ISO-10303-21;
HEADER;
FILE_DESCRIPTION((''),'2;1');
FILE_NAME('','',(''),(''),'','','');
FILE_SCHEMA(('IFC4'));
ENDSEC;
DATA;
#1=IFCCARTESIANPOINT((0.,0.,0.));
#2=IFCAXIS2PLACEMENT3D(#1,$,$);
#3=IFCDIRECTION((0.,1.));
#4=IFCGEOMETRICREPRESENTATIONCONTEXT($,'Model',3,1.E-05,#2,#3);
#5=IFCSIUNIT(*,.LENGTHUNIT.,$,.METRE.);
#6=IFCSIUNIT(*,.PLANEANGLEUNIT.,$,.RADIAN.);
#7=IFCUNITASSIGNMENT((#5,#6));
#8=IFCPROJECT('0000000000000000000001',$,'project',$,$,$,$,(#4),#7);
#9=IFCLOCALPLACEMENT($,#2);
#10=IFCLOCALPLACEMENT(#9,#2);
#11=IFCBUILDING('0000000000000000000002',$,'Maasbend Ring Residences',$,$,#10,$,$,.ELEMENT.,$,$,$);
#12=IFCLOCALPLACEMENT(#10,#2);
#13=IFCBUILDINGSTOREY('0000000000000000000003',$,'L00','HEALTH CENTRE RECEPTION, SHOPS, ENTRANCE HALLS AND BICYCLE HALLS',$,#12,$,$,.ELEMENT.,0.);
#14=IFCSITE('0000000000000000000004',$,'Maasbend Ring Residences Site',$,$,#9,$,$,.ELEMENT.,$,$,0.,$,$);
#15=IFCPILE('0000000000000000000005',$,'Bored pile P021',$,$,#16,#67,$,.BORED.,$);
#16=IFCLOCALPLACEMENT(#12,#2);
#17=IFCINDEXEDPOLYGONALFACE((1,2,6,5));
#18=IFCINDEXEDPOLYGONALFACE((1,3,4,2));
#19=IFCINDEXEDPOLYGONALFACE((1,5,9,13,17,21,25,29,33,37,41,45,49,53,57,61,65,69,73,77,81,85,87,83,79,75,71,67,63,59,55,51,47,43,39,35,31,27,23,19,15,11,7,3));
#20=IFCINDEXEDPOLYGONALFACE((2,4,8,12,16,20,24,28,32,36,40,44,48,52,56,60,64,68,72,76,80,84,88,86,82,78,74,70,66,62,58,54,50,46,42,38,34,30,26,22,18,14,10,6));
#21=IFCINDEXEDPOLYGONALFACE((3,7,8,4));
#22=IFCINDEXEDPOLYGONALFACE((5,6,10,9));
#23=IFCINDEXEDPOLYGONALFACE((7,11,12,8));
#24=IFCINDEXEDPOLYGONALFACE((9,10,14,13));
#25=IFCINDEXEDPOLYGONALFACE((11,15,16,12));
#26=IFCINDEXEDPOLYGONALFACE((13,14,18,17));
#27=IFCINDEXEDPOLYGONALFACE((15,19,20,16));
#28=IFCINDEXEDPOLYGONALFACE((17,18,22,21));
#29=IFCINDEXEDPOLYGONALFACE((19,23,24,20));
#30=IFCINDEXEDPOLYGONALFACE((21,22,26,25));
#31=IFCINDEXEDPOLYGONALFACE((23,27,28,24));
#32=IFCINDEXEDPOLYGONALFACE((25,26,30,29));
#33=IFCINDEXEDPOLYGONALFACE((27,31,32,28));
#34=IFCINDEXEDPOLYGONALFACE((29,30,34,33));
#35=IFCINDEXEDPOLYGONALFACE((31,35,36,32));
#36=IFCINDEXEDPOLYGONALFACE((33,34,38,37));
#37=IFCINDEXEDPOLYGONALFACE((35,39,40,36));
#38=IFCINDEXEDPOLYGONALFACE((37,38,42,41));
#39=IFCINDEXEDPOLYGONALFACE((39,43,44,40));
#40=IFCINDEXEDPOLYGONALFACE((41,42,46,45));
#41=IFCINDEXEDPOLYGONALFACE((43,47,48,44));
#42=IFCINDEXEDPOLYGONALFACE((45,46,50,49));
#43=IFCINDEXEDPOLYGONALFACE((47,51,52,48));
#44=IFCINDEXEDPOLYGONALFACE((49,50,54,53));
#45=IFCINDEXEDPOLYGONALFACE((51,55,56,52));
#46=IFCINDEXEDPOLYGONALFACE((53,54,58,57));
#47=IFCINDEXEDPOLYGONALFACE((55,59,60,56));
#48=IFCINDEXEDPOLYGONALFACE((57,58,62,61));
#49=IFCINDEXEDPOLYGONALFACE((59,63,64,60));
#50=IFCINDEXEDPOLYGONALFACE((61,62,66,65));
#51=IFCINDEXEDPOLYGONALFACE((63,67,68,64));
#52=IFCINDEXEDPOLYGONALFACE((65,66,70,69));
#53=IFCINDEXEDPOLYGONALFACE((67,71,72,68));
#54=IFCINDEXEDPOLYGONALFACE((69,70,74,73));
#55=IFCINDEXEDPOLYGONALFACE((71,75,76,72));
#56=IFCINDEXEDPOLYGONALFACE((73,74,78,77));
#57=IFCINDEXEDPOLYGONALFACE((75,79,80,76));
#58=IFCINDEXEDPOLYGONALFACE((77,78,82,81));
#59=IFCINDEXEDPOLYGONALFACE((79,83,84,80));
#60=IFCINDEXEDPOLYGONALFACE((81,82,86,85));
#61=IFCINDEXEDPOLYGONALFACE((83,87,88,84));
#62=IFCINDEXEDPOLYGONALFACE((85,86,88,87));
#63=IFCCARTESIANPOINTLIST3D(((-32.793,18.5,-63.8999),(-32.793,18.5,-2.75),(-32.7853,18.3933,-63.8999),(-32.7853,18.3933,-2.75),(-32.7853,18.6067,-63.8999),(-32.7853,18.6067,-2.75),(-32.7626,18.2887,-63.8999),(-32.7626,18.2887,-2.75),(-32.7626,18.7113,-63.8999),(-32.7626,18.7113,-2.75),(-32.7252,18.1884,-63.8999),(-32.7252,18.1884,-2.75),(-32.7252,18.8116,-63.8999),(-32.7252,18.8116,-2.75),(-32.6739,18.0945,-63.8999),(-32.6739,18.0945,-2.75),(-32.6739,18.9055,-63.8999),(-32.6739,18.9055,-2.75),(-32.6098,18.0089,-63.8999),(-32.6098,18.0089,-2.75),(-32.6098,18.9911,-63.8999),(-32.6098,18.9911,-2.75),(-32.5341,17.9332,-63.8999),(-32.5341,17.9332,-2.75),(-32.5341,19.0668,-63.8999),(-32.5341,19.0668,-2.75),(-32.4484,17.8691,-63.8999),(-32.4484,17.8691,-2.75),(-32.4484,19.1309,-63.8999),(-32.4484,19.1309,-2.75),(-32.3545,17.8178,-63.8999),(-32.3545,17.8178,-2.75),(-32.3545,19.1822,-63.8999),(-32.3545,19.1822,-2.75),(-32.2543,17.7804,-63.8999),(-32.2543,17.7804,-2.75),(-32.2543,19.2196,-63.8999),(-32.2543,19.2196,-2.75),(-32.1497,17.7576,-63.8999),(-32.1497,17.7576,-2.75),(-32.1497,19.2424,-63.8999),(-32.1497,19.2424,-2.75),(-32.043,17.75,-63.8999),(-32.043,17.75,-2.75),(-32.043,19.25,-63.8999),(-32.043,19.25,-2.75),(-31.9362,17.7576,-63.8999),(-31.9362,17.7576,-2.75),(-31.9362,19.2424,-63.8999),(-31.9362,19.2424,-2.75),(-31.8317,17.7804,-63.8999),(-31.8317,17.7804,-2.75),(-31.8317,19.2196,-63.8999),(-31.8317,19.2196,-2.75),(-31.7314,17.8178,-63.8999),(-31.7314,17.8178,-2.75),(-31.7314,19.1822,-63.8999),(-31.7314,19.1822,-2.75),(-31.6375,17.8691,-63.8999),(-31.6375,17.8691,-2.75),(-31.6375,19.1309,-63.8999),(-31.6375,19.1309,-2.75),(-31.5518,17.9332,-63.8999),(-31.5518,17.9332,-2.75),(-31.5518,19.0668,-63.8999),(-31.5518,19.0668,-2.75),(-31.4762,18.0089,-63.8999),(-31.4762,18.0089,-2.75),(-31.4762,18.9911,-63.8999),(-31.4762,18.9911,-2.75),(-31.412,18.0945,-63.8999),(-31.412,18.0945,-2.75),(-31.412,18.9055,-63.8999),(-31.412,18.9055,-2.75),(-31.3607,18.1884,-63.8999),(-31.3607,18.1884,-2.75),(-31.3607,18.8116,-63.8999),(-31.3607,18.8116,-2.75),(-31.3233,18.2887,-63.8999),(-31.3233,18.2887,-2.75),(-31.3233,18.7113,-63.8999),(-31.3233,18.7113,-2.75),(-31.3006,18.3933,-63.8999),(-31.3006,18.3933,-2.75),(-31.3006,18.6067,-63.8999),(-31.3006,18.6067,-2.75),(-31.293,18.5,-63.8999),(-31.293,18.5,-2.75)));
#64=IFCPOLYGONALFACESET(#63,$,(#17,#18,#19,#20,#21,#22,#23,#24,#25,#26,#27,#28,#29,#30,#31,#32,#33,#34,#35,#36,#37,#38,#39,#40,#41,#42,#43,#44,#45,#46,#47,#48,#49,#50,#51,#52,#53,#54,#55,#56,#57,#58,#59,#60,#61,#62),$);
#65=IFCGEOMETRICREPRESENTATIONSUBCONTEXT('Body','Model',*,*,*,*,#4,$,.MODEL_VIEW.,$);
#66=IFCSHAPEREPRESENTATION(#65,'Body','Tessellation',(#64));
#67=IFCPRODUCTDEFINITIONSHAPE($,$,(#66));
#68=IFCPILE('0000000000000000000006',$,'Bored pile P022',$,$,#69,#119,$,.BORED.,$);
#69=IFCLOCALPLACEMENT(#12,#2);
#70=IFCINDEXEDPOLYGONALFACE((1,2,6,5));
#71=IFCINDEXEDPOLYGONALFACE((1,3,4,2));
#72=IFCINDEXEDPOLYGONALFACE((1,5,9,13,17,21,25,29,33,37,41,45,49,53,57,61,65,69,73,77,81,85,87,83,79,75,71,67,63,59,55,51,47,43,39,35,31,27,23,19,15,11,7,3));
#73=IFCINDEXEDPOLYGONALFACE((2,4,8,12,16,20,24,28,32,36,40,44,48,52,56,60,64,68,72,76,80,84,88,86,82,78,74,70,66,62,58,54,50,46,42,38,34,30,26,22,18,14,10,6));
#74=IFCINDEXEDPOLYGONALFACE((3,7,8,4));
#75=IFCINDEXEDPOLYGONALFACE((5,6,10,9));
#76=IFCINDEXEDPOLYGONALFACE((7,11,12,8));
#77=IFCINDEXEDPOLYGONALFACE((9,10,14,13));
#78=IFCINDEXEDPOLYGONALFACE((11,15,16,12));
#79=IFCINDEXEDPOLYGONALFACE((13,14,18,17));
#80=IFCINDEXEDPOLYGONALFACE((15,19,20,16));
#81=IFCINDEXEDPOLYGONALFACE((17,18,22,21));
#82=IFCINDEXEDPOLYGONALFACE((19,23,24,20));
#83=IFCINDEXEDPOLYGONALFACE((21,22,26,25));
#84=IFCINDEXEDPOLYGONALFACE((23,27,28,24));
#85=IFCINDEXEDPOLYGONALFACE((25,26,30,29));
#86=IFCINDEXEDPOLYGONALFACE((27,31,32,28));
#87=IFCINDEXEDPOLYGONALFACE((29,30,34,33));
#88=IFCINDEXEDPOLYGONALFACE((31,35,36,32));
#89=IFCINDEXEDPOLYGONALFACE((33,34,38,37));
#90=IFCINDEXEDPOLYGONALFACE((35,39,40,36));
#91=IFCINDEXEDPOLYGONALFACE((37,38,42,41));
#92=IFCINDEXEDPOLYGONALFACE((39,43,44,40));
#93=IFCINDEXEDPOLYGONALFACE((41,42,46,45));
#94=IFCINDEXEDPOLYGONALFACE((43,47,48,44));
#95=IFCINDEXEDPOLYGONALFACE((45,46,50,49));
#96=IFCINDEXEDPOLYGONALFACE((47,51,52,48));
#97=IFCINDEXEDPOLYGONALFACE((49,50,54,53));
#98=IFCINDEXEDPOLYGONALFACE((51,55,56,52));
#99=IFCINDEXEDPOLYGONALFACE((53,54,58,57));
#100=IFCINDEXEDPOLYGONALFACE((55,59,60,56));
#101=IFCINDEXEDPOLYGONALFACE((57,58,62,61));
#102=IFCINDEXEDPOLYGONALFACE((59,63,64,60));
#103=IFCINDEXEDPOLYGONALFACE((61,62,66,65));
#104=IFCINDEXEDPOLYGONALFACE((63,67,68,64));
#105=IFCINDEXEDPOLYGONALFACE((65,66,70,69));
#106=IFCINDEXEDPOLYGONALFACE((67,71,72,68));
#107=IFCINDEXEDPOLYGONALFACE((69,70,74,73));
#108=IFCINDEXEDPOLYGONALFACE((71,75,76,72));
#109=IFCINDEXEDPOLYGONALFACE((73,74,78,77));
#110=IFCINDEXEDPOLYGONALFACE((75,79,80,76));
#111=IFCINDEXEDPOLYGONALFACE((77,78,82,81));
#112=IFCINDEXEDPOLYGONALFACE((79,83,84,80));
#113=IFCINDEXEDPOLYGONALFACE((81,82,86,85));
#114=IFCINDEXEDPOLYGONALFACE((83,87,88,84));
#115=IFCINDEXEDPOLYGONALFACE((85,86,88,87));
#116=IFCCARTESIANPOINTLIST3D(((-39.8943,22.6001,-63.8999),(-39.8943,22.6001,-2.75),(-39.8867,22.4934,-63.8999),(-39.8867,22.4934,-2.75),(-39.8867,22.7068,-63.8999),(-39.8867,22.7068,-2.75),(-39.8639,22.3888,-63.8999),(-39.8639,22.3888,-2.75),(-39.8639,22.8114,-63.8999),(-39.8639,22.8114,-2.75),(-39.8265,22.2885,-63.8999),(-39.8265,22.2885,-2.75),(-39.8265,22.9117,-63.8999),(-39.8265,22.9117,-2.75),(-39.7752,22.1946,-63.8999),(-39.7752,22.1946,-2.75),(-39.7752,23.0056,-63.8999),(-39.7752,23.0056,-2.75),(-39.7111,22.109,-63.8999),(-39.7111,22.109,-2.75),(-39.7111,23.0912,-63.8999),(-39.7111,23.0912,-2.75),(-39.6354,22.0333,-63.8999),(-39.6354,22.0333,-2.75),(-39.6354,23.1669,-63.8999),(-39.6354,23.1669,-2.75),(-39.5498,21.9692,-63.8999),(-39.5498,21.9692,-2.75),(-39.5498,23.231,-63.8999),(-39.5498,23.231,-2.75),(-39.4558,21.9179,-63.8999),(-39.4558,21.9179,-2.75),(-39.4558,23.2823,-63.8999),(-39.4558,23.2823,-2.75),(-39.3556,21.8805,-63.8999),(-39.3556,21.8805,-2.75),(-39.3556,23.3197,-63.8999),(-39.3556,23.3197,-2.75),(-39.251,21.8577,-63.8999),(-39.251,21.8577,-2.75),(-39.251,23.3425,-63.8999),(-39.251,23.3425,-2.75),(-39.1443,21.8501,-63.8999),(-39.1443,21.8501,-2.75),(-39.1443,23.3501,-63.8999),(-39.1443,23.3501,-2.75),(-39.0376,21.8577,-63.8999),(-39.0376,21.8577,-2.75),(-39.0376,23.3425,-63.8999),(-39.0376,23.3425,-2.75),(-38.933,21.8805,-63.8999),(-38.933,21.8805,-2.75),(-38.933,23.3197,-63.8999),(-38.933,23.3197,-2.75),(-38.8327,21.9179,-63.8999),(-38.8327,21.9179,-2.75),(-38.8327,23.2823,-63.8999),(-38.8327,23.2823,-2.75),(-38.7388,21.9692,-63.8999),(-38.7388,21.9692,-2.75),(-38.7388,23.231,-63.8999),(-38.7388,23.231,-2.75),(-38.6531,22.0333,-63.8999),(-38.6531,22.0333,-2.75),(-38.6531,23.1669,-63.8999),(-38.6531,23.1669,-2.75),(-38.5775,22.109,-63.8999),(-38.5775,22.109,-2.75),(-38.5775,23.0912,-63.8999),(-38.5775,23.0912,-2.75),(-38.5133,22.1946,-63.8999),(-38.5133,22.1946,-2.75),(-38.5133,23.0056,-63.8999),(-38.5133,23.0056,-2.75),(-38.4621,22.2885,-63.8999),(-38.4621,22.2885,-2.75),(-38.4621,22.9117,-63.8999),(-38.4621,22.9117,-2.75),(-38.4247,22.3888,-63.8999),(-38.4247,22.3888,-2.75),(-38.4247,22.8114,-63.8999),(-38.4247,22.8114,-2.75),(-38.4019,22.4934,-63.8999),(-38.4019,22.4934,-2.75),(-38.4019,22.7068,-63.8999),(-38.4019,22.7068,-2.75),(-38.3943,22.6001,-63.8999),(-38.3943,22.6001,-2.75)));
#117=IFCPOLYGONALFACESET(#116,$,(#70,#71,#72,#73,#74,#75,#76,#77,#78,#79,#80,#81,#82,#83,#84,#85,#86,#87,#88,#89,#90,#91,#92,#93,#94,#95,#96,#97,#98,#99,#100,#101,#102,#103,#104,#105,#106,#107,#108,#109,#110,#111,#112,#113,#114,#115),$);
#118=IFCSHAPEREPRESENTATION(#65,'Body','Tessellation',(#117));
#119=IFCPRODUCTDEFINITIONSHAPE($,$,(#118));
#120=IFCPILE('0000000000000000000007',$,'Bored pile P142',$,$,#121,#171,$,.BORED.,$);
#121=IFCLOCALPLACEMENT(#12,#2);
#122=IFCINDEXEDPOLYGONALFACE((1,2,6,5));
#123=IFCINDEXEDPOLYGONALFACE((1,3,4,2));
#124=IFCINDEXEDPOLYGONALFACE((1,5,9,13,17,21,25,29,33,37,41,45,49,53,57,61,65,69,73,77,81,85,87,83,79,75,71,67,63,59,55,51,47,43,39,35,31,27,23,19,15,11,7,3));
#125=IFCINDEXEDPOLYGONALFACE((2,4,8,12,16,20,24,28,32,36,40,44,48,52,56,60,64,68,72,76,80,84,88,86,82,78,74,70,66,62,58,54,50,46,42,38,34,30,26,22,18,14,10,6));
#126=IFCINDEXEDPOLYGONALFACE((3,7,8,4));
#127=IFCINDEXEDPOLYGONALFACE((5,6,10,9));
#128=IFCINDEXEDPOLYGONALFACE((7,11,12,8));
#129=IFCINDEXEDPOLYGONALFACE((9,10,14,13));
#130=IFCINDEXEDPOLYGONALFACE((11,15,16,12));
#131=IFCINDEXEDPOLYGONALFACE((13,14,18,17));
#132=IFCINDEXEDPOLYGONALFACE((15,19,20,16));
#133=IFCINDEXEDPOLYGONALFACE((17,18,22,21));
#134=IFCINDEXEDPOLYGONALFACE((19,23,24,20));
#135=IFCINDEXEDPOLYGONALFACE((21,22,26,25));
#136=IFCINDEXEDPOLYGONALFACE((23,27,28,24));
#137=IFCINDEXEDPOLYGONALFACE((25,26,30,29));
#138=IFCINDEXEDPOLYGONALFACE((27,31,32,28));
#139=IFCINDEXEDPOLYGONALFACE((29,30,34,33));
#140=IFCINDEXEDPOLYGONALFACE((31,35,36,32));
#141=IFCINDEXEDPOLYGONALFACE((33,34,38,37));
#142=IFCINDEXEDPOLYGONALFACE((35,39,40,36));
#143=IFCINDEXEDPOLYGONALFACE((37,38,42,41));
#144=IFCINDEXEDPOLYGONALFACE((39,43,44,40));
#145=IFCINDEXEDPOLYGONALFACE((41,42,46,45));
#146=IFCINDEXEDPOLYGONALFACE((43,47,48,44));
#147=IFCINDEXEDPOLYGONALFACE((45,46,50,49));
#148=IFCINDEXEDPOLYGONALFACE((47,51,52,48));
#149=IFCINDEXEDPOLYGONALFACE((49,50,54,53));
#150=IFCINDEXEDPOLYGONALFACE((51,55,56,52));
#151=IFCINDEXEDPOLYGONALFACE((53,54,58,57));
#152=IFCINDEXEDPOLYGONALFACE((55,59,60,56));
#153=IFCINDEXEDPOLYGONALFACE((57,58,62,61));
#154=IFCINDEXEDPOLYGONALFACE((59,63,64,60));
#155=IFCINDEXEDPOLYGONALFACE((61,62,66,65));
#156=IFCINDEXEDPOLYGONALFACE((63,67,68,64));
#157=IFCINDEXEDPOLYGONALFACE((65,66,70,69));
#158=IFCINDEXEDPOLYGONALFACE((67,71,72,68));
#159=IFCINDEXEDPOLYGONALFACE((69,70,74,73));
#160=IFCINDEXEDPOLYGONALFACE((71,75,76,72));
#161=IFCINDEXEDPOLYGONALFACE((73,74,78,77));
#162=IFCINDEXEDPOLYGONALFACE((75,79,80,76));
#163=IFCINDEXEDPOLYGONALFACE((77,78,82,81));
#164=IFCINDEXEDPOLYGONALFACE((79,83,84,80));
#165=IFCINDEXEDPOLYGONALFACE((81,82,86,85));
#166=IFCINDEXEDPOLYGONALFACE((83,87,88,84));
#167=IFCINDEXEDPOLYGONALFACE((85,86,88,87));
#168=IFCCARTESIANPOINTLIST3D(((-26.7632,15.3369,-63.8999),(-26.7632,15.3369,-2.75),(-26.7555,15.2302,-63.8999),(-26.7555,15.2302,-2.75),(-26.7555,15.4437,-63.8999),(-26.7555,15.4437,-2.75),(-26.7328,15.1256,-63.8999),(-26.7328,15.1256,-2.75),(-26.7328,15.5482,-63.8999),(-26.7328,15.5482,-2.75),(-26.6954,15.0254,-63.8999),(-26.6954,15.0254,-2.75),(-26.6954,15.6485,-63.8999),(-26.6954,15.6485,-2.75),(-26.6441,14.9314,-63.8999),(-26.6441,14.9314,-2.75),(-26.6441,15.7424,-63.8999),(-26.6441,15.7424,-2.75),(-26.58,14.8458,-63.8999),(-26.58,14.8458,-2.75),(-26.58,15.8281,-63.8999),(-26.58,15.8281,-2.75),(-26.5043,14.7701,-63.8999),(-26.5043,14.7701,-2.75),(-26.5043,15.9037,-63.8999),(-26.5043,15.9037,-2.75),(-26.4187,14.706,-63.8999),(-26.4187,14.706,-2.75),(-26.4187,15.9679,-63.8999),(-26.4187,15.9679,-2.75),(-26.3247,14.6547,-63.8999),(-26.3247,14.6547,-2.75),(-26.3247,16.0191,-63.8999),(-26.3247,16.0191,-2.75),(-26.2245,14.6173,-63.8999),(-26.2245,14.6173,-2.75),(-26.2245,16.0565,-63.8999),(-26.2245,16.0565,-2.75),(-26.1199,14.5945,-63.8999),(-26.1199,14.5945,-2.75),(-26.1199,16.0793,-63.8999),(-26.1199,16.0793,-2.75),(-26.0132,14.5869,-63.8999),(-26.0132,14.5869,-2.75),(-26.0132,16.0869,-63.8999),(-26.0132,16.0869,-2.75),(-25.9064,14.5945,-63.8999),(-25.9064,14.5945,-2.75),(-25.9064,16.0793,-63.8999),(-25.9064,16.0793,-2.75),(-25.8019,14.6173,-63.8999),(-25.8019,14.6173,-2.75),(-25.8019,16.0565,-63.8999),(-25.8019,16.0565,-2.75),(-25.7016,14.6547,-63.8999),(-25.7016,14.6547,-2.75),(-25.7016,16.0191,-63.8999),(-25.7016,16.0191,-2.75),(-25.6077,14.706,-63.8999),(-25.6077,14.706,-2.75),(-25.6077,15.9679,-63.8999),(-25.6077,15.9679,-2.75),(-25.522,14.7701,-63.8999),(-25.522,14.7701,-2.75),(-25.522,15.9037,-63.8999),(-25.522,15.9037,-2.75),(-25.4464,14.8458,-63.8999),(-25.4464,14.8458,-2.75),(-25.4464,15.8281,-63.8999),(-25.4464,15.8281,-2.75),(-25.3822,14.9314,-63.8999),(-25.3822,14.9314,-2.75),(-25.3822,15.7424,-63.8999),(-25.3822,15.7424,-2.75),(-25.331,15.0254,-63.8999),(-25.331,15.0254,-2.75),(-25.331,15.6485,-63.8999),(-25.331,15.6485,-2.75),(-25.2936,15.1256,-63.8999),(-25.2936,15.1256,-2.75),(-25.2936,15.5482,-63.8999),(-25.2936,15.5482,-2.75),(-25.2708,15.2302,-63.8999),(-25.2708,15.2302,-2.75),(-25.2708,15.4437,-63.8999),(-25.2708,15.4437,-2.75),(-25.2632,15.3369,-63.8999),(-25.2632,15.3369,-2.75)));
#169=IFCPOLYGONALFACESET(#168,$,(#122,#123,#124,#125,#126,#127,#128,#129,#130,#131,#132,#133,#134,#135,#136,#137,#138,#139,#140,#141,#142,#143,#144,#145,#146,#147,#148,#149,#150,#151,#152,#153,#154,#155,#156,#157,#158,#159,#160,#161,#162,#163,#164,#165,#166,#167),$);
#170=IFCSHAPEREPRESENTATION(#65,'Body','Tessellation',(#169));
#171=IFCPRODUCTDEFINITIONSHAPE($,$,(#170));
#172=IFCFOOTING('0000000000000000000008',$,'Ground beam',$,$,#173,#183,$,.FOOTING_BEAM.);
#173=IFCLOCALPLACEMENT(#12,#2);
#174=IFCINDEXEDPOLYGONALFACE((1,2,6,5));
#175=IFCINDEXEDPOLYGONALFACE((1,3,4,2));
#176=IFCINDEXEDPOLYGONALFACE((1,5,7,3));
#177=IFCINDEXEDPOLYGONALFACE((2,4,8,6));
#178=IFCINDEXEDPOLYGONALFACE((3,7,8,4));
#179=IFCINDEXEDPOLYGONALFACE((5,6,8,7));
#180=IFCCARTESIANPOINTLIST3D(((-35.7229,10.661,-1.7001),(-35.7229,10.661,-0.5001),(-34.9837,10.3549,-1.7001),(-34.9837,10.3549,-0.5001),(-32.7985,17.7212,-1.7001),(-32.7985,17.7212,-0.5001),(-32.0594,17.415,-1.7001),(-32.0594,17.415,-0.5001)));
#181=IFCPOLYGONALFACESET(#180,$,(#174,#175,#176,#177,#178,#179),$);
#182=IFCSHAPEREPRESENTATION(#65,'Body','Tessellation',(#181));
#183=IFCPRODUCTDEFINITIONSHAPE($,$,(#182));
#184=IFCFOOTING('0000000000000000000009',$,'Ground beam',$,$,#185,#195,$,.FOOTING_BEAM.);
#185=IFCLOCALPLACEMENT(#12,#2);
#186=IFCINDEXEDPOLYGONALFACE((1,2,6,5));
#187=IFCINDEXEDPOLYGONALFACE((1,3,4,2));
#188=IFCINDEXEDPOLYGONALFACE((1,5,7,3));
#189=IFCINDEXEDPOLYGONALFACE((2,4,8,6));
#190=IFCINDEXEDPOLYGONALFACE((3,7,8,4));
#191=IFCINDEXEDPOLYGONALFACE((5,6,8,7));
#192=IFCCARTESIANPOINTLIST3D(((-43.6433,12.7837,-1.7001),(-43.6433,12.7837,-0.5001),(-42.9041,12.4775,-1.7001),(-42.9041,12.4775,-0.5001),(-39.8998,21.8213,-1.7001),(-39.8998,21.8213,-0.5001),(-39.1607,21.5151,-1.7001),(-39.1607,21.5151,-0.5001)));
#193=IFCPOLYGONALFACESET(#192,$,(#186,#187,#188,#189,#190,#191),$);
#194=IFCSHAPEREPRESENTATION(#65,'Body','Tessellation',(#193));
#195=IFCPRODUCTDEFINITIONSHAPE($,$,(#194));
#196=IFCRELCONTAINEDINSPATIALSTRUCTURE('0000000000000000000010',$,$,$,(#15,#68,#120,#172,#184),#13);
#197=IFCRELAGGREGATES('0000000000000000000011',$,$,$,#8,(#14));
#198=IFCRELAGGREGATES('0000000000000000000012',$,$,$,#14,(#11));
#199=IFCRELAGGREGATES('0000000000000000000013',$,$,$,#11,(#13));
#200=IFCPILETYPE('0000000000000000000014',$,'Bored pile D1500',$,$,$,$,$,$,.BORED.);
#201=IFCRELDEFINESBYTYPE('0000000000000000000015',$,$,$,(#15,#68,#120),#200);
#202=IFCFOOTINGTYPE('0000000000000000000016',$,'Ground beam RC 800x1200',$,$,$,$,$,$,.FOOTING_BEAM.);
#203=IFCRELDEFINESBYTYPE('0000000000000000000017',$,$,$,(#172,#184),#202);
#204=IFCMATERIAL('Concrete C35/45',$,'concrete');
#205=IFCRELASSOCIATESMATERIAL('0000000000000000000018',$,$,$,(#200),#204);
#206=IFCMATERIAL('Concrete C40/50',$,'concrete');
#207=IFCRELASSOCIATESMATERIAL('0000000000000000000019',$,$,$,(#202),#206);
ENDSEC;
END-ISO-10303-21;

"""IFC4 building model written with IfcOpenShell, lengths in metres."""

from ifc_helpers import new_model, si_unit, direction, frame, origin, origin_2d, place, context, subcontext, project, spatial, rectangle, circle, extrude, material, material_profile, profile_set, type_object, element, save


model = new_model("IFC4")

# Units and contexts
model_context = context("Model", 3, precision=1e-05, world=origin(), true_north=direction((0.0, 1.0)))
body_context = subcontext(model_context, "Body", "Model", "MODEL_VIEW")
ifc_project = project(units=[si_unit("LENGTHUNIT", "METRE"), si_unit("PLANEANGLEUNIT", "RADIAN")], contexts=[model_context])

# Site, building, storey
site_placement = place(None, origin())
site = spatial("IfcSite", under=ifc_project, at=site_placement, Name="Maasbend Ring Residences Site", CompositionType="ELEMENT", RefElevation=0.0)
building_placement = place(site_placement, origin())
building = spatial("IfcBuilding", under=site, at=building_placement, Name="Maasbend Ring Residences", CompositionType="ELEMENT")
storey_placement = place(building_placement, origin())
storey = spatial("IfcBuildingStorey", under=building, at=storey_placement, Name="L00", Description="HEALTH CENTRE RECEPTION, SHOPS, ENTRANCE HALLS AND BICYCLE HALLS", CompositionType="ELEMENT", Elevation=0.0)

# Piles
ifc_material_1 = material(Name="Concrete C35/45", Category="concrete")
ifc_material_profile_1 = material_profile(ifc_material_1, circle(Radius=0.75, at=origin_2d()), Name="Bored pile D1500")
ifc_profile_set_1 = profile_set([ifc_material_profile_1], Name="Concrete C35/45")
pile_type = type_object("IfcPileType", Name="Bored pile D1500", PredefinedType="BORED", material=ifc_profile_set_1)
for number, where, z_axis, x_axis, name in (
    (1, (-32.043, 18.5, -2.75), (0.0, 0.0, -1.0), (1.0, 0.0, 0.0), "Bored pile P021"),
    (2, (-39.1443, 22.6001, -2.75), (0.0, 0.0, -1.0), (1.0, 0.0, 0.0), "Bored pile P022"),
    (3, (-26.0132, 15.3369, -2.75), (0.0, 0.0, -1.0), (1.0, 0.0, 0.0), "Bored pile P142"),
):
    element("IfcPile", number, at=place(storey_placement, frame(where, z_axis=z_axis, x_axis=x_axis)), inside=storey, type_object=pile_type, Name=name, PredefinedType="BORED", context=body_context, shape_type="SweptSolid", body=[
        extrude(circle(Radius=0.75, at=origin_2d()), origin(), (0.0, 0.0, 1.0), 61.1499),
    ])

# Footings
ifc_material_2 = material(Name="Concrete C40/50", Category="concrete")
ifc_material_profile_2 = material_profile(ifc_material_2, rectangle(XDim=0.8, YDim=1.2, at=origin_2d()), Name="Ground beam RC 800x1200")
ifc_profile_set_2 = profile_set([ifc_material_profile_2], Name="Concrete C40/50")
footing_type = type_object("IfcFootingType", Name="Ground beam RC 800x1200", PredefinedType="FOOTING_BEAM", material=ifc_profile_set_2)
footing_1_placement = place(storey_placement, frame((-32.429, 17.5681, -1.1001), z_axis=(-0.382677, -0.923882, 0.0), x_axis=(0.923882, -0.382677, 0.0)))
element("IfcFooting", 4, at=footing_1_placement, inside=storey, type_object=footing_type, Name="Ground beam", PredefinedType="FOOTING_BEAM", context=body_context, shape_type="SweptSolid", body=[
    extrude(rectangle(XDim=0.8, YDim=1.2, at=origin_2d()), origin(), (0.0, 0.0, 1.0), 7.6418),
])
footing_2_placement = place(storey_placement, frame((-39.5303, 21.6682, -1.1001), z_axis=(-0.382676, -0.923883, 0.0), x_axis=(0.923883, -0.382676, 0.0)))
element("IfcFooting", 5, at=footing_2_placement, inside=storey, type_object=footing_type, Name="Ground beam", PredefinedType="FOOTING_BEAM", context=body_context, shape_type="SweptSolid", body=[
    extrude(rectangle(XDim=0.8, YDim=1.2, at=origin_2d()), origin(), (0.0, 0.0, 1.0), 9.7822),
])

save(model, "model.ifc")
